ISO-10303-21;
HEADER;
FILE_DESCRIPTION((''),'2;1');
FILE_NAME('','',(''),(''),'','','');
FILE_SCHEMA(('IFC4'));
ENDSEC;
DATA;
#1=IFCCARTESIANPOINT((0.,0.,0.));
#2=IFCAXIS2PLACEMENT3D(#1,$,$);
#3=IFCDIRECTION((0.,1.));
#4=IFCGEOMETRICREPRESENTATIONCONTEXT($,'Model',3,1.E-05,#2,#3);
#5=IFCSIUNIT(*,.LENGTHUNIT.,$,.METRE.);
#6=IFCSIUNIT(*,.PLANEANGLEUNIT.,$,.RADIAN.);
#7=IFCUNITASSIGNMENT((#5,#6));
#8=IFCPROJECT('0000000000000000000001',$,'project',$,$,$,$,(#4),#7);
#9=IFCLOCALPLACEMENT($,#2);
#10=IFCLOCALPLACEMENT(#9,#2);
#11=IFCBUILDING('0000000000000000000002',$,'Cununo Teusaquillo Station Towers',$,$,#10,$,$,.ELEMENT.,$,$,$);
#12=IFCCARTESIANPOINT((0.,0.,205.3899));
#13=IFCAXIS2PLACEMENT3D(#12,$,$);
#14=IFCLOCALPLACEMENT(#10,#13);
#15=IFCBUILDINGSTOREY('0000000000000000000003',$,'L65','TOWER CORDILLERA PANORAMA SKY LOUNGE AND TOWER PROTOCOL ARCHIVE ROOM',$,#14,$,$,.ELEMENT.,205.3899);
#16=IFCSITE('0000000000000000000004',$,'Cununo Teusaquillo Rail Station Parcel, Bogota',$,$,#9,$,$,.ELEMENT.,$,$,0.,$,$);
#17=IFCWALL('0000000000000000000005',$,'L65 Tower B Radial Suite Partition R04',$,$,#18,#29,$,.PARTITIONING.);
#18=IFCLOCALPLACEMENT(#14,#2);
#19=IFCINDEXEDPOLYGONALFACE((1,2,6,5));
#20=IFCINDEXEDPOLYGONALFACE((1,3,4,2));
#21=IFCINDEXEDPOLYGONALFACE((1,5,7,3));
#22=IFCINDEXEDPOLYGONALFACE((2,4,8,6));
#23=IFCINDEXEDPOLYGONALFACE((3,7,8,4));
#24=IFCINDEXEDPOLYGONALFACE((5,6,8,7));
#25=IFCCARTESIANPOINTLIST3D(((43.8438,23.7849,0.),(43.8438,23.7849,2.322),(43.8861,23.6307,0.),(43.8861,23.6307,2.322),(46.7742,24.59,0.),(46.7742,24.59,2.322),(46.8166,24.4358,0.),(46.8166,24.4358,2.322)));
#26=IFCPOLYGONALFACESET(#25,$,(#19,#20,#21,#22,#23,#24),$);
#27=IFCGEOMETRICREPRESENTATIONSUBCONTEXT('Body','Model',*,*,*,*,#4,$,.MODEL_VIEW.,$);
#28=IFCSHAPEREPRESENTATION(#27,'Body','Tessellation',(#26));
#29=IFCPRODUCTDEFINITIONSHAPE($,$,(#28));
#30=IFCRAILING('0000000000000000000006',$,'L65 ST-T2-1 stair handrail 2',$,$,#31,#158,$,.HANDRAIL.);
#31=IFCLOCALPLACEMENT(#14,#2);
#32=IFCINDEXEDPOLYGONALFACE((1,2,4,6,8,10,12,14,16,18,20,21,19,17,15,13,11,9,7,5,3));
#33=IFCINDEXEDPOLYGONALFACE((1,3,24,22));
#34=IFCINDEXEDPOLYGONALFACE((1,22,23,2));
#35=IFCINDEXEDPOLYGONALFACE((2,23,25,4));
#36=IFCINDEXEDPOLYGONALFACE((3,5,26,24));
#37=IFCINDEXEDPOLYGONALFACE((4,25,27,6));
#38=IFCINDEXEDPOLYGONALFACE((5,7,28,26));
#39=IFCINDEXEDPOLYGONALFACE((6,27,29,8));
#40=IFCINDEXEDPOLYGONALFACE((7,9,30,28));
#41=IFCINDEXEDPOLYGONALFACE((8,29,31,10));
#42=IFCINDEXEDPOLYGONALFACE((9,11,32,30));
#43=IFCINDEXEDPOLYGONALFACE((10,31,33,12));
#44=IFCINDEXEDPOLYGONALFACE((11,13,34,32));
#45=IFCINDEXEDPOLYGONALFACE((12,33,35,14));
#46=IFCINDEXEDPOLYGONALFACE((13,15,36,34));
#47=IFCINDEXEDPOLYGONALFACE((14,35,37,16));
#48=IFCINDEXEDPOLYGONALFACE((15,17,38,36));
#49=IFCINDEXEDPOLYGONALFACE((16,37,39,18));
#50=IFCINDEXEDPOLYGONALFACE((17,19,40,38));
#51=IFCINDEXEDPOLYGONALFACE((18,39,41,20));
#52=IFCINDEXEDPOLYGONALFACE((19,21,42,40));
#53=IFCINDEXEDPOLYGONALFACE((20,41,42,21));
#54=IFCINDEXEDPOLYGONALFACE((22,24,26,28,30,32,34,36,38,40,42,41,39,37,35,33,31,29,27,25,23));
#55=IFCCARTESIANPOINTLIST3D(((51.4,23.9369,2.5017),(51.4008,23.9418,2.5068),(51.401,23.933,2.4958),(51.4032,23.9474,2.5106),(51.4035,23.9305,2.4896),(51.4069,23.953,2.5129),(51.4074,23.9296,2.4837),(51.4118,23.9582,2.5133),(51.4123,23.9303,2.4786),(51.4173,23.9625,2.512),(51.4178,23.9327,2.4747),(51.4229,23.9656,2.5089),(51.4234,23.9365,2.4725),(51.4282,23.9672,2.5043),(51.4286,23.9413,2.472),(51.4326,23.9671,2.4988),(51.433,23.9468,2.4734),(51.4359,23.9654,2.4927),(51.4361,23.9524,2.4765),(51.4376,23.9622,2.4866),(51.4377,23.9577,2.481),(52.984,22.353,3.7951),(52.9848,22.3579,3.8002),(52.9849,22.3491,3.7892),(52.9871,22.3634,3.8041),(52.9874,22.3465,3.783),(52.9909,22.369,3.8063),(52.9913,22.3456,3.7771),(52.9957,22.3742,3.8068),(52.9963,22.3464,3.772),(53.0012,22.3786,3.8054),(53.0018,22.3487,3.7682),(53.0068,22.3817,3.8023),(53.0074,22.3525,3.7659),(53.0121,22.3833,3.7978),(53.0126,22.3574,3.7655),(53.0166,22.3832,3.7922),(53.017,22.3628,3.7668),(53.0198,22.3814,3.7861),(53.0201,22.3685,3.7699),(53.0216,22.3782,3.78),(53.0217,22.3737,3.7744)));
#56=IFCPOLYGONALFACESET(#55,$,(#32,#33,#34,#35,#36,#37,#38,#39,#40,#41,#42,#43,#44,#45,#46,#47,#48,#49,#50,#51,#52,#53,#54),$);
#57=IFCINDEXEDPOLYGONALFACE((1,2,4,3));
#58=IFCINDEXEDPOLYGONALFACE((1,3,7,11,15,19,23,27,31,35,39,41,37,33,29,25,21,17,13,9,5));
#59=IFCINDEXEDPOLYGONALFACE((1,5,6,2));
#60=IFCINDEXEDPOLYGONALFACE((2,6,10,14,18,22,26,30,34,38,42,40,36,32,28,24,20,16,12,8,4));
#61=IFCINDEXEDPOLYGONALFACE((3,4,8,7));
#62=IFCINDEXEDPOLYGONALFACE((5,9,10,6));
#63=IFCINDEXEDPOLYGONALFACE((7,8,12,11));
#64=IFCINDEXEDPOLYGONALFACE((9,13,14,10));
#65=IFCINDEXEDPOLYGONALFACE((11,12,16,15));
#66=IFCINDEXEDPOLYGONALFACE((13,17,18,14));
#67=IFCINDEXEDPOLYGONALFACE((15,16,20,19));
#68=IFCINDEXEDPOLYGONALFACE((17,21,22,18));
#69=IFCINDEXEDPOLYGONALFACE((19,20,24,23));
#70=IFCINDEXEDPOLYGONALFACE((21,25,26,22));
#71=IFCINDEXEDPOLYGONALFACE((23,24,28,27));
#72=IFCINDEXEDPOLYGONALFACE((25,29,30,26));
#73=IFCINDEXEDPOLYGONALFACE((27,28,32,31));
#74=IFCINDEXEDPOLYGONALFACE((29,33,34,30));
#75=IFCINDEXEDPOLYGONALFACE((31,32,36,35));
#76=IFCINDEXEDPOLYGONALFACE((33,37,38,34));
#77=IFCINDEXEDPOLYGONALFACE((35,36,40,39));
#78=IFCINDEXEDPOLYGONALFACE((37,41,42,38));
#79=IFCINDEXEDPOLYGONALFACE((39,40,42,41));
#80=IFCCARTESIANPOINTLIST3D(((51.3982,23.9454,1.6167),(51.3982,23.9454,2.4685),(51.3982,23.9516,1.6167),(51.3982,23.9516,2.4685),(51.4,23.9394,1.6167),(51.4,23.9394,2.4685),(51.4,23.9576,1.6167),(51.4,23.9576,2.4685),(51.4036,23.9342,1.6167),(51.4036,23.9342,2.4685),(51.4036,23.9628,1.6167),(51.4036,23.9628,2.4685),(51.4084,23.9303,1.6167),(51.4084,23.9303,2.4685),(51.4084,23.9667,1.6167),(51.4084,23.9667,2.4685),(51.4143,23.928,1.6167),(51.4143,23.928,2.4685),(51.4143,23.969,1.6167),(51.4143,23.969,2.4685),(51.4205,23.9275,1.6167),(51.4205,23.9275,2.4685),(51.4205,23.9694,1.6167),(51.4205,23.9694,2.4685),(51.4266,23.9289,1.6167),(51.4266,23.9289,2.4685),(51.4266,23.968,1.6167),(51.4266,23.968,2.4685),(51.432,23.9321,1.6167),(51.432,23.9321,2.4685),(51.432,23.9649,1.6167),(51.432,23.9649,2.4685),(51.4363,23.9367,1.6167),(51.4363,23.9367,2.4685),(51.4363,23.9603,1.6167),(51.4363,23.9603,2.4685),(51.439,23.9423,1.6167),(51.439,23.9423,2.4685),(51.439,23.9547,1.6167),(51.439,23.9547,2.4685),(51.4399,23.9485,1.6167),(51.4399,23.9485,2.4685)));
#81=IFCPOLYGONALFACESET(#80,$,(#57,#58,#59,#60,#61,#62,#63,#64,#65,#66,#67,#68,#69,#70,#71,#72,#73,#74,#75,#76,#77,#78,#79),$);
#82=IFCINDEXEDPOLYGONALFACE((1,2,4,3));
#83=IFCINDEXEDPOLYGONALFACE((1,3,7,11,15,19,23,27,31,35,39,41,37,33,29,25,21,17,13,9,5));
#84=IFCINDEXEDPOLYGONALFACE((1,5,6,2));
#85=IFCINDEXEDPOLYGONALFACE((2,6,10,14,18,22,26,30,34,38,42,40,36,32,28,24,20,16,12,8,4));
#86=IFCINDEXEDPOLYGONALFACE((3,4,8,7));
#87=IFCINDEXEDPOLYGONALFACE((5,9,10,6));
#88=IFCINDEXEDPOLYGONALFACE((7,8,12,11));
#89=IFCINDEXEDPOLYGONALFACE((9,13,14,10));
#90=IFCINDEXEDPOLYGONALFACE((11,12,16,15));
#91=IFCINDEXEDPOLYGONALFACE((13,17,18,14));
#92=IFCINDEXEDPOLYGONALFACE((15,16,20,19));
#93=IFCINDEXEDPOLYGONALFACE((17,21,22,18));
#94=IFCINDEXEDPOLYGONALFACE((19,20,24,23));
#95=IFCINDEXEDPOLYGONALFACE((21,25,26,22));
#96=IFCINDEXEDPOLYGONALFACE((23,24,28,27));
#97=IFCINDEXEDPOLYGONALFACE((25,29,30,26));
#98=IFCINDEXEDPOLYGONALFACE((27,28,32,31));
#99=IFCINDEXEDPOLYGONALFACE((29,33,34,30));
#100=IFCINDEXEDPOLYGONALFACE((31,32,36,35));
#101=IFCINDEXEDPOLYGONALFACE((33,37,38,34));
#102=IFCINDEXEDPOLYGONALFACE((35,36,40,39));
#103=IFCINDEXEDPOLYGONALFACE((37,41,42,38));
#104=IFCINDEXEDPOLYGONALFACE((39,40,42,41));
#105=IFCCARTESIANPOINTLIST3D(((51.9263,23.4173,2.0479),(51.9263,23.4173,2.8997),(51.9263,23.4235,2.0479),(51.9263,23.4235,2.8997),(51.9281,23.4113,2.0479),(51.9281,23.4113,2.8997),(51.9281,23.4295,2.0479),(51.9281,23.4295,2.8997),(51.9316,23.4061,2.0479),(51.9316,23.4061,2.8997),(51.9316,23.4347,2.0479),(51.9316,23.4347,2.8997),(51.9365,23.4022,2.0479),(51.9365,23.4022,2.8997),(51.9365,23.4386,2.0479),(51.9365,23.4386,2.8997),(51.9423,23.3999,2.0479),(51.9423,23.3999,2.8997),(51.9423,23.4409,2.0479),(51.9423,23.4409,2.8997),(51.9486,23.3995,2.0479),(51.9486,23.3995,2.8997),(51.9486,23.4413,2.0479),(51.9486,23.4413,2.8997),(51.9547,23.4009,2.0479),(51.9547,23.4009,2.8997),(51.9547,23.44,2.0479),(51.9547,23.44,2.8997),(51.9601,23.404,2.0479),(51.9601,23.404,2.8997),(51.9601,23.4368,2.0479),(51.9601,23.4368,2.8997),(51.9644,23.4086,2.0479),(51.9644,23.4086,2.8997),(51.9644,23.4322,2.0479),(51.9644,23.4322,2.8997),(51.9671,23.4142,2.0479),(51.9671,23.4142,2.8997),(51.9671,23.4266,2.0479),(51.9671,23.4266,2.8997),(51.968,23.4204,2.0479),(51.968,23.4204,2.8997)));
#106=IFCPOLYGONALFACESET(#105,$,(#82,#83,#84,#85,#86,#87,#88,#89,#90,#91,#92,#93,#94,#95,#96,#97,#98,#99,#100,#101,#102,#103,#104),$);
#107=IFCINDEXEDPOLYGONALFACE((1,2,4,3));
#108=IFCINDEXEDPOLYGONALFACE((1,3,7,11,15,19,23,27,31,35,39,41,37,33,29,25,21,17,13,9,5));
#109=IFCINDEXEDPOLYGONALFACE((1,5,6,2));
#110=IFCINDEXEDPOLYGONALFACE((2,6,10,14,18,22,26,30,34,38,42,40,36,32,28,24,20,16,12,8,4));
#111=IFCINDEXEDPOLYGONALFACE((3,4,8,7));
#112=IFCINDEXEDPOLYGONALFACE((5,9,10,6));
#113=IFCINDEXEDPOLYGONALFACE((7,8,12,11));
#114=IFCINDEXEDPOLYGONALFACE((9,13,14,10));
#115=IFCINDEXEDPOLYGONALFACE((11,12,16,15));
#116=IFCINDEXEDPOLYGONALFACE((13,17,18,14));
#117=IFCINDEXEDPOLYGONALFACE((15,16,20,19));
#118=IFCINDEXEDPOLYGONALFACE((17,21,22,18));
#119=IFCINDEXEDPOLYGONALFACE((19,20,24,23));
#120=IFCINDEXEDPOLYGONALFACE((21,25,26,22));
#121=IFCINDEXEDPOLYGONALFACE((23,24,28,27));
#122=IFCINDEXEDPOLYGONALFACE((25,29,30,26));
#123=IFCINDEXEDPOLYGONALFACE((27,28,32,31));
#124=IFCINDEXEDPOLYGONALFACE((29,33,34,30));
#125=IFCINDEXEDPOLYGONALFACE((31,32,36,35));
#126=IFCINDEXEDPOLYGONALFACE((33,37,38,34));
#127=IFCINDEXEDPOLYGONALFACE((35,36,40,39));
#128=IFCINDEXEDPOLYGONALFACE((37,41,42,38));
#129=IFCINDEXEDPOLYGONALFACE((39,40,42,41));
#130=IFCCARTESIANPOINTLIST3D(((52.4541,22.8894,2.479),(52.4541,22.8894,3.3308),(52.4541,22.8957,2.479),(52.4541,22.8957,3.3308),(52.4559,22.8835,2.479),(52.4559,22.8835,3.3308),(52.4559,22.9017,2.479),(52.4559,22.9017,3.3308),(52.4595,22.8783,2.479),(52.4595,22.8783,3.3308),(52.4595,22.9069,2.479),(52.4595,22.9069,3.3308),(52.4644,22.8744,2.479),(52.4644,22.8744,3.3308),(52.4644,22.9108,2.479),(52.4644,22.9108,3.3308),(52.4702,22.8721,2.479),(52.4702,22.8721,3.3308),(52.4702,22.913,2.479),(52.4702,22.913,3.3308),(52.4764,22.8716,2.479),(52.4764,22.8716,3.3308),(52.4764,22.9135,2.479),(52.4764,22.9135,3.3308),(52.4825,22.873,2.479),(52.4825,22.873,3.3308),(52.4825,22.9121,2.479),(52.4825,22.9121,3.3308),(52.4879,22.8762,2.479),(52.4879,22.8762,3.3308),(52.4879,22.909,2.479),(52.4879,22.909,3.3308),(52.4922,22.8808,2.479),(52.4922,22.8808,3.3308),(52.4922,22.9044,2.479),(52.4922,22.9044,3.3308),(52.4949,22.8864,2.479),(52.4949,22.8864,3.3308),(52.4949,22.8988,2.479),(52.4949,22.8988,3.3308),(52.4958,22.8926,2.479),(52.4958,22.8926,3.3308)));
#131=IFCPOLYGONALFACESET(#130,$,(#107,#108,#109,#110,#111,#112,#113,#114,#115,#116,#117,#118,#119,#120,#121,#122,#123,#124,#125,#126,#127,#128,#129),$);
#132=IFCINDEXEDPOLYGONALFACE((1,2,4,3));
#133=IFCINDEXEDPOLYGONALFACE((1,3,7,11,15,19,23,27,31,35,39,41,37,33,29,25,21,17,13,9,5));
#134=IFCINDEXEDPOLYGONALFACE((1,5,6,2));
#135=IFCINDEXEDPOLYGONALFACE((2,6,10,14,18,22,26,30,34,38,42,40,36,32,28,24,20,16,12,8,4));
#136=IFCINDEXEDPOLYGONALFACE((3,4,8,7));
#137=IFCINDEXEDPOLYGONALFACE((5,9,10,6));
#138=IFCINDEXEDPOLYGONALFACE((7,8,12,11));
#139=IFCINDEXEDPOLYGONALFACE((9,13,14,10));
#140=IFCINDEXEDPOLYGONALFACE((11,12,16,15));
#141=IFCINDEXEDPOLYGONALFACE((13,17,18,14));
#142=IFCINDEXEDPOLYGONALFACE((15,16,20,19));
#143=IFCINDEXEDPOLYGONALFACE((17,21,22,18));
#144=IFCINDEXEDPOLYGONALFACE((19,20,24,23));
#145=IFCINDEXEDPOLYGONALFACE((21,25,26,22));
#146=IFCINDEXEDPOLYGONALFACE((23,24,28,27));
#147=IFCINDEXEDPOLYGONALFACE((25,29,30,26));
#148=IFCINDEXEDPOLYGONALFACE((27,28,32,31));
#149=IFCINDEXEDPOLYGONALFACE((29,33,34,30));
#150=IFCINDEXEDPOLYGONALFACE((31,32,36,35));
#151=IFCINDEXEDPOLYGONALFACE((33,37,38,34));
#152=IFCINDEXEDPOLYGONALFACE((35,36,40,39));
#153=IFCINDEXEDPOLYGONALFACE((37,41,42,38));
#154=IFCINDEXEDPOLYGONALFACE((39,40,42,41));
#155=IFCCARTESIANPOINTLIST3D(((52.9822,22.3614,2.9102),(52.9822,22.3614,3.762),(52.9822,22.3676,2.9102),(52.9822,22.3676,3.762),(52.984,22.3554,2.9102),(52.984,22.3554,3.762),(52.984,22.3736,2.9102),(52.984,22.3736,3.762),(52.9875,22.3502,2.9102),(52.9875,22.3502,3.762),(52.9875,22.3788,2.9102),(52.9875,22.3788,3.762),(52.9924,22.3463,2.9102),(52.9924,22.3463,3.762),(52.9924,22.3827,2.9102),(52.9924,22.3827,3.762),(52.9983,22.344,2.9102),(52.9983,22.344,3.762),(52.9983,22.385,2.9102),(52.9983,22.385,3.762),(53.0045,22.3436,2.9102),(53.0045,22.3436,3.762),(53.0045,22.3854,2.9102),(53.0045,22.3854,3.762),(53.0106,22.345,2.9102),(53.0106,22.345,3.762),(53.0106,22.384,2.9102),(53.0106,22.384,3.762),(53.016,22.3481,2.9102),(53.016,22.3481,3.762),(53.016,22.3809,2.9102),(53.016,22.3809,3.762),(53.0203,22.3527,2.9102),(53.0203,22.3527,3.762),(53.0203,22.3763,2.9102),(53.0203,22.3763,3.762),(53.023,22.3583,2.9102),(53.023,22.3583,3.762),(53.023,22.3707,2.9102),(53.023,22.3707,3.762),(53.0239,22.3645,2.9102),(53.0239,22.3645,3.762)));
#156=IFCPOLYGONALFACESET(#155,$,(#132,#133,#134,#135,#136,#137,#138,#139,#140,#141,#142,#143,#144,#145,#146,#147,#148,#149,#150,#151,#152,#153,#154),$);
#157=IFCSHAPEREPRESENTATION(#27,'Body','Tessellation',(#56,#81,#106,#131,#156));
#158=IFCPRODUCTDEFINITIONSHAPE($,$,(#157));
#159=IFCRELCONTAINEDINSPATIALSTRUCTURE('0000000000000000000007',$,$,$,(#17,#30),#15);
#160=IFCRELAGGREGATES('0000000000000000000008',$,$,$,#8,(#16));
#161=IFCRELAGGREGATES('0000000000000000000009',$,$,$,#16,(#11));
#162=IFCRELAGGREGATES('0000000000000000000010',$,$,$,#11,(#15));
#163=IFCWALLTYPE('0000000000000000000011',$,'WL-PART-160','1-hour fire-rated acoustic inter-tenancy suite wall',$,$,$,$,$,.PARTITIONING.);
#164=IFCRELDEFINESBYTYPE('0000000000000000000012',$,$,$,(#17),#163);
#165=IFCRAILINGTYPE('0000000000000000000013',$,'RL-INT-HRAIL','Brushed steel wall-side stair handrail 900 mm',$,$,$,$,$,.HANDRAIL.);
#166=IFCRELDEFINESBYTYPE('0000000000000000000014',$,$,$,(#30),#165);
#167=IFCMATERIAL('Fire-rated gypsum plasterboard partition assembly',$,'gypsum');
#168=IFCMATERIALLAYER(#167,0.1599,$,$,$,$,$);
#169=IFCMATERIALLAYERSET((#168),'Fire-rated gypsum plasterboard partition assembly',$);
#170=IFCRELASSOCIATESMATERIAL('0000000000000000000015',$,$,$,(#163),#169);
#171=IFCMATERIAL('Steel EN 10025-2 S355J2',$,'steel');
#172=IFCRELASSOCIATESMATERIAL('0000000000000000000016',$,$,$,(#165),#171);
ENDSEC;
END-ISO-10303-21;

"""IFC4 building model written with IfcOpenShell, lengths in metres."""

from ifc_helpers import new_model, si_unit, direction, frame, frame_2d, origin, origin_2d, place, context, subcontext, project, spatial, rectangle, circle, extrude, material, layer, layer_set, type_object, element, save


model = new_model("IFC4")

# Units and contexts
model_context = context("Model", 3, precision=1e-05, world=origin(), true_north=direction((0.0, 1.0)))
body_context = subcontext(model_context, "Body", "Model", "MODEL_VIEW")
ifc_project = project(units=[si_unit("LENGTHUNIT", "METRE"), si_unit("PLANEANGLEUNIT", "RADIAN")], contexts=[model_context])

# Site, building, storey
site_placement = place(None, origin())
site = spatial("IfcSite", under=ifc_project, at=site_placement, Name="Cununo Teusaquillo Rail Station Parcel, Bogota", CompositionType="ELEMENT", RefElevation=0.0)
building_placement = place(site_placement, origin())
building = spatial("IfcBuilding", under=site, at=building_placement, Name="Cununo Teusaquillo Station Towers", CompositionType="ELEMENT")
storey_placement = place(building_placement, frame((0.0, 0.0, 205.3899)))
storey = spatial("IfcBuildingStorey", under=building, at=storey_placement, Name="L65", Description="TOWER CORDILLERA PANORAMA SKY LOUNGE AND TOWER PROTOCOL ARCHIVE ROOM", CompositionType="ELEMENT", Elevation=205.3899)

# Wall
ifc_material_1 = material(Name="Fire-rated gypsum plasterboard partition assembly", Category="gypsum")
ifc_layer_1 = layer(ifc_material_1, 0.1599)
ifc_layer_set_1 = layer_set([ifc_layer_1], Name="Fire-rated gypsum plasterboard partition assembly")
wall_type_1 = type_object("IfcWallType", Name="WL-PART-160", Description="1-hour fire-rated acoustic inter-tenancy suite wall", PredefinedType="PARTITIONING", material=ifc_layer_set_1)
wall_1_placement = place(storey_placement, frame((46.7954, 24.5129, 0.0), z_axis=(0.0, 0.0, 1.0), x_axis=(-0.964263, -0.264945, 0.0)))
element("IfcWall", 1, at=wall_1_placement, inside=storey, type_object=wall_type_1, Name="L65 Tower B Radial Suite Partition R04", PredefinedType="PARTITIONING", context=body_context, shape_type="SweptSolid", body=[
    extrude(rectangle(XDim=3.0391, YDim=0.1599, at=frame_2d((1.5195, 0.0))), origin(), (0.0, 0.0, 1.0), 2.322),
])

# Railing
ifc_material_2 = material(Name="Steel EN 10025-2 S355J2", Category="steel")
railing_type = type_object("IfcRailingType", Name="RL-INT-HRAIL", Description="Brushed steel wall-side stair handrail 900 mm", PredefinedType="HANDRAIL", material=ifc_material_2)
railing_placement = place(storey_placement, frame((51.4189, 23.9485, 1.6167)))
element("IfcRailing", 2, at=railing_placement, inside=storey, type_object=railing_type, Name="L65 ST-T2-1 stair handrail 2", PredefinedType="HANDRAIL", context=body_context, shape_type="SweptSolid", body=[
    extrude(circle(Radius=0.0239, at=origin_2d()), frame((0.0, 0.0, 0.876), z_axis=(0.612356, -0.612356, 0.50004), x_axis=(0.707107, 0.707107, 0.0)), (0.0, 0.0, 1.0), 2.5867),
    extrude(circle(Radius=0.021, at=origin_2d()), origin(), (0.0, 0.0, 1.0), 0.8518),
    extrude(circle(Radius=0.021, at=origin_2d()), frame((0.5281, -0.5281, 0.4312)), (0.0, 0.0, 1.0), 0.8518),
    extrude(circle(Radius=0.021, at=origin_2d()), frame((1.0559, -1.0559, 0.8623)), (0.0, 0.0, 1.0), 0.8518),
    extrude(circle(Radius=0.021, at=origin_2d()), frame((1.584, -1.584, 1.2935)), (0.0, 0.0, 1.0), 0.8518),
])

save(model, "model.ifc")
